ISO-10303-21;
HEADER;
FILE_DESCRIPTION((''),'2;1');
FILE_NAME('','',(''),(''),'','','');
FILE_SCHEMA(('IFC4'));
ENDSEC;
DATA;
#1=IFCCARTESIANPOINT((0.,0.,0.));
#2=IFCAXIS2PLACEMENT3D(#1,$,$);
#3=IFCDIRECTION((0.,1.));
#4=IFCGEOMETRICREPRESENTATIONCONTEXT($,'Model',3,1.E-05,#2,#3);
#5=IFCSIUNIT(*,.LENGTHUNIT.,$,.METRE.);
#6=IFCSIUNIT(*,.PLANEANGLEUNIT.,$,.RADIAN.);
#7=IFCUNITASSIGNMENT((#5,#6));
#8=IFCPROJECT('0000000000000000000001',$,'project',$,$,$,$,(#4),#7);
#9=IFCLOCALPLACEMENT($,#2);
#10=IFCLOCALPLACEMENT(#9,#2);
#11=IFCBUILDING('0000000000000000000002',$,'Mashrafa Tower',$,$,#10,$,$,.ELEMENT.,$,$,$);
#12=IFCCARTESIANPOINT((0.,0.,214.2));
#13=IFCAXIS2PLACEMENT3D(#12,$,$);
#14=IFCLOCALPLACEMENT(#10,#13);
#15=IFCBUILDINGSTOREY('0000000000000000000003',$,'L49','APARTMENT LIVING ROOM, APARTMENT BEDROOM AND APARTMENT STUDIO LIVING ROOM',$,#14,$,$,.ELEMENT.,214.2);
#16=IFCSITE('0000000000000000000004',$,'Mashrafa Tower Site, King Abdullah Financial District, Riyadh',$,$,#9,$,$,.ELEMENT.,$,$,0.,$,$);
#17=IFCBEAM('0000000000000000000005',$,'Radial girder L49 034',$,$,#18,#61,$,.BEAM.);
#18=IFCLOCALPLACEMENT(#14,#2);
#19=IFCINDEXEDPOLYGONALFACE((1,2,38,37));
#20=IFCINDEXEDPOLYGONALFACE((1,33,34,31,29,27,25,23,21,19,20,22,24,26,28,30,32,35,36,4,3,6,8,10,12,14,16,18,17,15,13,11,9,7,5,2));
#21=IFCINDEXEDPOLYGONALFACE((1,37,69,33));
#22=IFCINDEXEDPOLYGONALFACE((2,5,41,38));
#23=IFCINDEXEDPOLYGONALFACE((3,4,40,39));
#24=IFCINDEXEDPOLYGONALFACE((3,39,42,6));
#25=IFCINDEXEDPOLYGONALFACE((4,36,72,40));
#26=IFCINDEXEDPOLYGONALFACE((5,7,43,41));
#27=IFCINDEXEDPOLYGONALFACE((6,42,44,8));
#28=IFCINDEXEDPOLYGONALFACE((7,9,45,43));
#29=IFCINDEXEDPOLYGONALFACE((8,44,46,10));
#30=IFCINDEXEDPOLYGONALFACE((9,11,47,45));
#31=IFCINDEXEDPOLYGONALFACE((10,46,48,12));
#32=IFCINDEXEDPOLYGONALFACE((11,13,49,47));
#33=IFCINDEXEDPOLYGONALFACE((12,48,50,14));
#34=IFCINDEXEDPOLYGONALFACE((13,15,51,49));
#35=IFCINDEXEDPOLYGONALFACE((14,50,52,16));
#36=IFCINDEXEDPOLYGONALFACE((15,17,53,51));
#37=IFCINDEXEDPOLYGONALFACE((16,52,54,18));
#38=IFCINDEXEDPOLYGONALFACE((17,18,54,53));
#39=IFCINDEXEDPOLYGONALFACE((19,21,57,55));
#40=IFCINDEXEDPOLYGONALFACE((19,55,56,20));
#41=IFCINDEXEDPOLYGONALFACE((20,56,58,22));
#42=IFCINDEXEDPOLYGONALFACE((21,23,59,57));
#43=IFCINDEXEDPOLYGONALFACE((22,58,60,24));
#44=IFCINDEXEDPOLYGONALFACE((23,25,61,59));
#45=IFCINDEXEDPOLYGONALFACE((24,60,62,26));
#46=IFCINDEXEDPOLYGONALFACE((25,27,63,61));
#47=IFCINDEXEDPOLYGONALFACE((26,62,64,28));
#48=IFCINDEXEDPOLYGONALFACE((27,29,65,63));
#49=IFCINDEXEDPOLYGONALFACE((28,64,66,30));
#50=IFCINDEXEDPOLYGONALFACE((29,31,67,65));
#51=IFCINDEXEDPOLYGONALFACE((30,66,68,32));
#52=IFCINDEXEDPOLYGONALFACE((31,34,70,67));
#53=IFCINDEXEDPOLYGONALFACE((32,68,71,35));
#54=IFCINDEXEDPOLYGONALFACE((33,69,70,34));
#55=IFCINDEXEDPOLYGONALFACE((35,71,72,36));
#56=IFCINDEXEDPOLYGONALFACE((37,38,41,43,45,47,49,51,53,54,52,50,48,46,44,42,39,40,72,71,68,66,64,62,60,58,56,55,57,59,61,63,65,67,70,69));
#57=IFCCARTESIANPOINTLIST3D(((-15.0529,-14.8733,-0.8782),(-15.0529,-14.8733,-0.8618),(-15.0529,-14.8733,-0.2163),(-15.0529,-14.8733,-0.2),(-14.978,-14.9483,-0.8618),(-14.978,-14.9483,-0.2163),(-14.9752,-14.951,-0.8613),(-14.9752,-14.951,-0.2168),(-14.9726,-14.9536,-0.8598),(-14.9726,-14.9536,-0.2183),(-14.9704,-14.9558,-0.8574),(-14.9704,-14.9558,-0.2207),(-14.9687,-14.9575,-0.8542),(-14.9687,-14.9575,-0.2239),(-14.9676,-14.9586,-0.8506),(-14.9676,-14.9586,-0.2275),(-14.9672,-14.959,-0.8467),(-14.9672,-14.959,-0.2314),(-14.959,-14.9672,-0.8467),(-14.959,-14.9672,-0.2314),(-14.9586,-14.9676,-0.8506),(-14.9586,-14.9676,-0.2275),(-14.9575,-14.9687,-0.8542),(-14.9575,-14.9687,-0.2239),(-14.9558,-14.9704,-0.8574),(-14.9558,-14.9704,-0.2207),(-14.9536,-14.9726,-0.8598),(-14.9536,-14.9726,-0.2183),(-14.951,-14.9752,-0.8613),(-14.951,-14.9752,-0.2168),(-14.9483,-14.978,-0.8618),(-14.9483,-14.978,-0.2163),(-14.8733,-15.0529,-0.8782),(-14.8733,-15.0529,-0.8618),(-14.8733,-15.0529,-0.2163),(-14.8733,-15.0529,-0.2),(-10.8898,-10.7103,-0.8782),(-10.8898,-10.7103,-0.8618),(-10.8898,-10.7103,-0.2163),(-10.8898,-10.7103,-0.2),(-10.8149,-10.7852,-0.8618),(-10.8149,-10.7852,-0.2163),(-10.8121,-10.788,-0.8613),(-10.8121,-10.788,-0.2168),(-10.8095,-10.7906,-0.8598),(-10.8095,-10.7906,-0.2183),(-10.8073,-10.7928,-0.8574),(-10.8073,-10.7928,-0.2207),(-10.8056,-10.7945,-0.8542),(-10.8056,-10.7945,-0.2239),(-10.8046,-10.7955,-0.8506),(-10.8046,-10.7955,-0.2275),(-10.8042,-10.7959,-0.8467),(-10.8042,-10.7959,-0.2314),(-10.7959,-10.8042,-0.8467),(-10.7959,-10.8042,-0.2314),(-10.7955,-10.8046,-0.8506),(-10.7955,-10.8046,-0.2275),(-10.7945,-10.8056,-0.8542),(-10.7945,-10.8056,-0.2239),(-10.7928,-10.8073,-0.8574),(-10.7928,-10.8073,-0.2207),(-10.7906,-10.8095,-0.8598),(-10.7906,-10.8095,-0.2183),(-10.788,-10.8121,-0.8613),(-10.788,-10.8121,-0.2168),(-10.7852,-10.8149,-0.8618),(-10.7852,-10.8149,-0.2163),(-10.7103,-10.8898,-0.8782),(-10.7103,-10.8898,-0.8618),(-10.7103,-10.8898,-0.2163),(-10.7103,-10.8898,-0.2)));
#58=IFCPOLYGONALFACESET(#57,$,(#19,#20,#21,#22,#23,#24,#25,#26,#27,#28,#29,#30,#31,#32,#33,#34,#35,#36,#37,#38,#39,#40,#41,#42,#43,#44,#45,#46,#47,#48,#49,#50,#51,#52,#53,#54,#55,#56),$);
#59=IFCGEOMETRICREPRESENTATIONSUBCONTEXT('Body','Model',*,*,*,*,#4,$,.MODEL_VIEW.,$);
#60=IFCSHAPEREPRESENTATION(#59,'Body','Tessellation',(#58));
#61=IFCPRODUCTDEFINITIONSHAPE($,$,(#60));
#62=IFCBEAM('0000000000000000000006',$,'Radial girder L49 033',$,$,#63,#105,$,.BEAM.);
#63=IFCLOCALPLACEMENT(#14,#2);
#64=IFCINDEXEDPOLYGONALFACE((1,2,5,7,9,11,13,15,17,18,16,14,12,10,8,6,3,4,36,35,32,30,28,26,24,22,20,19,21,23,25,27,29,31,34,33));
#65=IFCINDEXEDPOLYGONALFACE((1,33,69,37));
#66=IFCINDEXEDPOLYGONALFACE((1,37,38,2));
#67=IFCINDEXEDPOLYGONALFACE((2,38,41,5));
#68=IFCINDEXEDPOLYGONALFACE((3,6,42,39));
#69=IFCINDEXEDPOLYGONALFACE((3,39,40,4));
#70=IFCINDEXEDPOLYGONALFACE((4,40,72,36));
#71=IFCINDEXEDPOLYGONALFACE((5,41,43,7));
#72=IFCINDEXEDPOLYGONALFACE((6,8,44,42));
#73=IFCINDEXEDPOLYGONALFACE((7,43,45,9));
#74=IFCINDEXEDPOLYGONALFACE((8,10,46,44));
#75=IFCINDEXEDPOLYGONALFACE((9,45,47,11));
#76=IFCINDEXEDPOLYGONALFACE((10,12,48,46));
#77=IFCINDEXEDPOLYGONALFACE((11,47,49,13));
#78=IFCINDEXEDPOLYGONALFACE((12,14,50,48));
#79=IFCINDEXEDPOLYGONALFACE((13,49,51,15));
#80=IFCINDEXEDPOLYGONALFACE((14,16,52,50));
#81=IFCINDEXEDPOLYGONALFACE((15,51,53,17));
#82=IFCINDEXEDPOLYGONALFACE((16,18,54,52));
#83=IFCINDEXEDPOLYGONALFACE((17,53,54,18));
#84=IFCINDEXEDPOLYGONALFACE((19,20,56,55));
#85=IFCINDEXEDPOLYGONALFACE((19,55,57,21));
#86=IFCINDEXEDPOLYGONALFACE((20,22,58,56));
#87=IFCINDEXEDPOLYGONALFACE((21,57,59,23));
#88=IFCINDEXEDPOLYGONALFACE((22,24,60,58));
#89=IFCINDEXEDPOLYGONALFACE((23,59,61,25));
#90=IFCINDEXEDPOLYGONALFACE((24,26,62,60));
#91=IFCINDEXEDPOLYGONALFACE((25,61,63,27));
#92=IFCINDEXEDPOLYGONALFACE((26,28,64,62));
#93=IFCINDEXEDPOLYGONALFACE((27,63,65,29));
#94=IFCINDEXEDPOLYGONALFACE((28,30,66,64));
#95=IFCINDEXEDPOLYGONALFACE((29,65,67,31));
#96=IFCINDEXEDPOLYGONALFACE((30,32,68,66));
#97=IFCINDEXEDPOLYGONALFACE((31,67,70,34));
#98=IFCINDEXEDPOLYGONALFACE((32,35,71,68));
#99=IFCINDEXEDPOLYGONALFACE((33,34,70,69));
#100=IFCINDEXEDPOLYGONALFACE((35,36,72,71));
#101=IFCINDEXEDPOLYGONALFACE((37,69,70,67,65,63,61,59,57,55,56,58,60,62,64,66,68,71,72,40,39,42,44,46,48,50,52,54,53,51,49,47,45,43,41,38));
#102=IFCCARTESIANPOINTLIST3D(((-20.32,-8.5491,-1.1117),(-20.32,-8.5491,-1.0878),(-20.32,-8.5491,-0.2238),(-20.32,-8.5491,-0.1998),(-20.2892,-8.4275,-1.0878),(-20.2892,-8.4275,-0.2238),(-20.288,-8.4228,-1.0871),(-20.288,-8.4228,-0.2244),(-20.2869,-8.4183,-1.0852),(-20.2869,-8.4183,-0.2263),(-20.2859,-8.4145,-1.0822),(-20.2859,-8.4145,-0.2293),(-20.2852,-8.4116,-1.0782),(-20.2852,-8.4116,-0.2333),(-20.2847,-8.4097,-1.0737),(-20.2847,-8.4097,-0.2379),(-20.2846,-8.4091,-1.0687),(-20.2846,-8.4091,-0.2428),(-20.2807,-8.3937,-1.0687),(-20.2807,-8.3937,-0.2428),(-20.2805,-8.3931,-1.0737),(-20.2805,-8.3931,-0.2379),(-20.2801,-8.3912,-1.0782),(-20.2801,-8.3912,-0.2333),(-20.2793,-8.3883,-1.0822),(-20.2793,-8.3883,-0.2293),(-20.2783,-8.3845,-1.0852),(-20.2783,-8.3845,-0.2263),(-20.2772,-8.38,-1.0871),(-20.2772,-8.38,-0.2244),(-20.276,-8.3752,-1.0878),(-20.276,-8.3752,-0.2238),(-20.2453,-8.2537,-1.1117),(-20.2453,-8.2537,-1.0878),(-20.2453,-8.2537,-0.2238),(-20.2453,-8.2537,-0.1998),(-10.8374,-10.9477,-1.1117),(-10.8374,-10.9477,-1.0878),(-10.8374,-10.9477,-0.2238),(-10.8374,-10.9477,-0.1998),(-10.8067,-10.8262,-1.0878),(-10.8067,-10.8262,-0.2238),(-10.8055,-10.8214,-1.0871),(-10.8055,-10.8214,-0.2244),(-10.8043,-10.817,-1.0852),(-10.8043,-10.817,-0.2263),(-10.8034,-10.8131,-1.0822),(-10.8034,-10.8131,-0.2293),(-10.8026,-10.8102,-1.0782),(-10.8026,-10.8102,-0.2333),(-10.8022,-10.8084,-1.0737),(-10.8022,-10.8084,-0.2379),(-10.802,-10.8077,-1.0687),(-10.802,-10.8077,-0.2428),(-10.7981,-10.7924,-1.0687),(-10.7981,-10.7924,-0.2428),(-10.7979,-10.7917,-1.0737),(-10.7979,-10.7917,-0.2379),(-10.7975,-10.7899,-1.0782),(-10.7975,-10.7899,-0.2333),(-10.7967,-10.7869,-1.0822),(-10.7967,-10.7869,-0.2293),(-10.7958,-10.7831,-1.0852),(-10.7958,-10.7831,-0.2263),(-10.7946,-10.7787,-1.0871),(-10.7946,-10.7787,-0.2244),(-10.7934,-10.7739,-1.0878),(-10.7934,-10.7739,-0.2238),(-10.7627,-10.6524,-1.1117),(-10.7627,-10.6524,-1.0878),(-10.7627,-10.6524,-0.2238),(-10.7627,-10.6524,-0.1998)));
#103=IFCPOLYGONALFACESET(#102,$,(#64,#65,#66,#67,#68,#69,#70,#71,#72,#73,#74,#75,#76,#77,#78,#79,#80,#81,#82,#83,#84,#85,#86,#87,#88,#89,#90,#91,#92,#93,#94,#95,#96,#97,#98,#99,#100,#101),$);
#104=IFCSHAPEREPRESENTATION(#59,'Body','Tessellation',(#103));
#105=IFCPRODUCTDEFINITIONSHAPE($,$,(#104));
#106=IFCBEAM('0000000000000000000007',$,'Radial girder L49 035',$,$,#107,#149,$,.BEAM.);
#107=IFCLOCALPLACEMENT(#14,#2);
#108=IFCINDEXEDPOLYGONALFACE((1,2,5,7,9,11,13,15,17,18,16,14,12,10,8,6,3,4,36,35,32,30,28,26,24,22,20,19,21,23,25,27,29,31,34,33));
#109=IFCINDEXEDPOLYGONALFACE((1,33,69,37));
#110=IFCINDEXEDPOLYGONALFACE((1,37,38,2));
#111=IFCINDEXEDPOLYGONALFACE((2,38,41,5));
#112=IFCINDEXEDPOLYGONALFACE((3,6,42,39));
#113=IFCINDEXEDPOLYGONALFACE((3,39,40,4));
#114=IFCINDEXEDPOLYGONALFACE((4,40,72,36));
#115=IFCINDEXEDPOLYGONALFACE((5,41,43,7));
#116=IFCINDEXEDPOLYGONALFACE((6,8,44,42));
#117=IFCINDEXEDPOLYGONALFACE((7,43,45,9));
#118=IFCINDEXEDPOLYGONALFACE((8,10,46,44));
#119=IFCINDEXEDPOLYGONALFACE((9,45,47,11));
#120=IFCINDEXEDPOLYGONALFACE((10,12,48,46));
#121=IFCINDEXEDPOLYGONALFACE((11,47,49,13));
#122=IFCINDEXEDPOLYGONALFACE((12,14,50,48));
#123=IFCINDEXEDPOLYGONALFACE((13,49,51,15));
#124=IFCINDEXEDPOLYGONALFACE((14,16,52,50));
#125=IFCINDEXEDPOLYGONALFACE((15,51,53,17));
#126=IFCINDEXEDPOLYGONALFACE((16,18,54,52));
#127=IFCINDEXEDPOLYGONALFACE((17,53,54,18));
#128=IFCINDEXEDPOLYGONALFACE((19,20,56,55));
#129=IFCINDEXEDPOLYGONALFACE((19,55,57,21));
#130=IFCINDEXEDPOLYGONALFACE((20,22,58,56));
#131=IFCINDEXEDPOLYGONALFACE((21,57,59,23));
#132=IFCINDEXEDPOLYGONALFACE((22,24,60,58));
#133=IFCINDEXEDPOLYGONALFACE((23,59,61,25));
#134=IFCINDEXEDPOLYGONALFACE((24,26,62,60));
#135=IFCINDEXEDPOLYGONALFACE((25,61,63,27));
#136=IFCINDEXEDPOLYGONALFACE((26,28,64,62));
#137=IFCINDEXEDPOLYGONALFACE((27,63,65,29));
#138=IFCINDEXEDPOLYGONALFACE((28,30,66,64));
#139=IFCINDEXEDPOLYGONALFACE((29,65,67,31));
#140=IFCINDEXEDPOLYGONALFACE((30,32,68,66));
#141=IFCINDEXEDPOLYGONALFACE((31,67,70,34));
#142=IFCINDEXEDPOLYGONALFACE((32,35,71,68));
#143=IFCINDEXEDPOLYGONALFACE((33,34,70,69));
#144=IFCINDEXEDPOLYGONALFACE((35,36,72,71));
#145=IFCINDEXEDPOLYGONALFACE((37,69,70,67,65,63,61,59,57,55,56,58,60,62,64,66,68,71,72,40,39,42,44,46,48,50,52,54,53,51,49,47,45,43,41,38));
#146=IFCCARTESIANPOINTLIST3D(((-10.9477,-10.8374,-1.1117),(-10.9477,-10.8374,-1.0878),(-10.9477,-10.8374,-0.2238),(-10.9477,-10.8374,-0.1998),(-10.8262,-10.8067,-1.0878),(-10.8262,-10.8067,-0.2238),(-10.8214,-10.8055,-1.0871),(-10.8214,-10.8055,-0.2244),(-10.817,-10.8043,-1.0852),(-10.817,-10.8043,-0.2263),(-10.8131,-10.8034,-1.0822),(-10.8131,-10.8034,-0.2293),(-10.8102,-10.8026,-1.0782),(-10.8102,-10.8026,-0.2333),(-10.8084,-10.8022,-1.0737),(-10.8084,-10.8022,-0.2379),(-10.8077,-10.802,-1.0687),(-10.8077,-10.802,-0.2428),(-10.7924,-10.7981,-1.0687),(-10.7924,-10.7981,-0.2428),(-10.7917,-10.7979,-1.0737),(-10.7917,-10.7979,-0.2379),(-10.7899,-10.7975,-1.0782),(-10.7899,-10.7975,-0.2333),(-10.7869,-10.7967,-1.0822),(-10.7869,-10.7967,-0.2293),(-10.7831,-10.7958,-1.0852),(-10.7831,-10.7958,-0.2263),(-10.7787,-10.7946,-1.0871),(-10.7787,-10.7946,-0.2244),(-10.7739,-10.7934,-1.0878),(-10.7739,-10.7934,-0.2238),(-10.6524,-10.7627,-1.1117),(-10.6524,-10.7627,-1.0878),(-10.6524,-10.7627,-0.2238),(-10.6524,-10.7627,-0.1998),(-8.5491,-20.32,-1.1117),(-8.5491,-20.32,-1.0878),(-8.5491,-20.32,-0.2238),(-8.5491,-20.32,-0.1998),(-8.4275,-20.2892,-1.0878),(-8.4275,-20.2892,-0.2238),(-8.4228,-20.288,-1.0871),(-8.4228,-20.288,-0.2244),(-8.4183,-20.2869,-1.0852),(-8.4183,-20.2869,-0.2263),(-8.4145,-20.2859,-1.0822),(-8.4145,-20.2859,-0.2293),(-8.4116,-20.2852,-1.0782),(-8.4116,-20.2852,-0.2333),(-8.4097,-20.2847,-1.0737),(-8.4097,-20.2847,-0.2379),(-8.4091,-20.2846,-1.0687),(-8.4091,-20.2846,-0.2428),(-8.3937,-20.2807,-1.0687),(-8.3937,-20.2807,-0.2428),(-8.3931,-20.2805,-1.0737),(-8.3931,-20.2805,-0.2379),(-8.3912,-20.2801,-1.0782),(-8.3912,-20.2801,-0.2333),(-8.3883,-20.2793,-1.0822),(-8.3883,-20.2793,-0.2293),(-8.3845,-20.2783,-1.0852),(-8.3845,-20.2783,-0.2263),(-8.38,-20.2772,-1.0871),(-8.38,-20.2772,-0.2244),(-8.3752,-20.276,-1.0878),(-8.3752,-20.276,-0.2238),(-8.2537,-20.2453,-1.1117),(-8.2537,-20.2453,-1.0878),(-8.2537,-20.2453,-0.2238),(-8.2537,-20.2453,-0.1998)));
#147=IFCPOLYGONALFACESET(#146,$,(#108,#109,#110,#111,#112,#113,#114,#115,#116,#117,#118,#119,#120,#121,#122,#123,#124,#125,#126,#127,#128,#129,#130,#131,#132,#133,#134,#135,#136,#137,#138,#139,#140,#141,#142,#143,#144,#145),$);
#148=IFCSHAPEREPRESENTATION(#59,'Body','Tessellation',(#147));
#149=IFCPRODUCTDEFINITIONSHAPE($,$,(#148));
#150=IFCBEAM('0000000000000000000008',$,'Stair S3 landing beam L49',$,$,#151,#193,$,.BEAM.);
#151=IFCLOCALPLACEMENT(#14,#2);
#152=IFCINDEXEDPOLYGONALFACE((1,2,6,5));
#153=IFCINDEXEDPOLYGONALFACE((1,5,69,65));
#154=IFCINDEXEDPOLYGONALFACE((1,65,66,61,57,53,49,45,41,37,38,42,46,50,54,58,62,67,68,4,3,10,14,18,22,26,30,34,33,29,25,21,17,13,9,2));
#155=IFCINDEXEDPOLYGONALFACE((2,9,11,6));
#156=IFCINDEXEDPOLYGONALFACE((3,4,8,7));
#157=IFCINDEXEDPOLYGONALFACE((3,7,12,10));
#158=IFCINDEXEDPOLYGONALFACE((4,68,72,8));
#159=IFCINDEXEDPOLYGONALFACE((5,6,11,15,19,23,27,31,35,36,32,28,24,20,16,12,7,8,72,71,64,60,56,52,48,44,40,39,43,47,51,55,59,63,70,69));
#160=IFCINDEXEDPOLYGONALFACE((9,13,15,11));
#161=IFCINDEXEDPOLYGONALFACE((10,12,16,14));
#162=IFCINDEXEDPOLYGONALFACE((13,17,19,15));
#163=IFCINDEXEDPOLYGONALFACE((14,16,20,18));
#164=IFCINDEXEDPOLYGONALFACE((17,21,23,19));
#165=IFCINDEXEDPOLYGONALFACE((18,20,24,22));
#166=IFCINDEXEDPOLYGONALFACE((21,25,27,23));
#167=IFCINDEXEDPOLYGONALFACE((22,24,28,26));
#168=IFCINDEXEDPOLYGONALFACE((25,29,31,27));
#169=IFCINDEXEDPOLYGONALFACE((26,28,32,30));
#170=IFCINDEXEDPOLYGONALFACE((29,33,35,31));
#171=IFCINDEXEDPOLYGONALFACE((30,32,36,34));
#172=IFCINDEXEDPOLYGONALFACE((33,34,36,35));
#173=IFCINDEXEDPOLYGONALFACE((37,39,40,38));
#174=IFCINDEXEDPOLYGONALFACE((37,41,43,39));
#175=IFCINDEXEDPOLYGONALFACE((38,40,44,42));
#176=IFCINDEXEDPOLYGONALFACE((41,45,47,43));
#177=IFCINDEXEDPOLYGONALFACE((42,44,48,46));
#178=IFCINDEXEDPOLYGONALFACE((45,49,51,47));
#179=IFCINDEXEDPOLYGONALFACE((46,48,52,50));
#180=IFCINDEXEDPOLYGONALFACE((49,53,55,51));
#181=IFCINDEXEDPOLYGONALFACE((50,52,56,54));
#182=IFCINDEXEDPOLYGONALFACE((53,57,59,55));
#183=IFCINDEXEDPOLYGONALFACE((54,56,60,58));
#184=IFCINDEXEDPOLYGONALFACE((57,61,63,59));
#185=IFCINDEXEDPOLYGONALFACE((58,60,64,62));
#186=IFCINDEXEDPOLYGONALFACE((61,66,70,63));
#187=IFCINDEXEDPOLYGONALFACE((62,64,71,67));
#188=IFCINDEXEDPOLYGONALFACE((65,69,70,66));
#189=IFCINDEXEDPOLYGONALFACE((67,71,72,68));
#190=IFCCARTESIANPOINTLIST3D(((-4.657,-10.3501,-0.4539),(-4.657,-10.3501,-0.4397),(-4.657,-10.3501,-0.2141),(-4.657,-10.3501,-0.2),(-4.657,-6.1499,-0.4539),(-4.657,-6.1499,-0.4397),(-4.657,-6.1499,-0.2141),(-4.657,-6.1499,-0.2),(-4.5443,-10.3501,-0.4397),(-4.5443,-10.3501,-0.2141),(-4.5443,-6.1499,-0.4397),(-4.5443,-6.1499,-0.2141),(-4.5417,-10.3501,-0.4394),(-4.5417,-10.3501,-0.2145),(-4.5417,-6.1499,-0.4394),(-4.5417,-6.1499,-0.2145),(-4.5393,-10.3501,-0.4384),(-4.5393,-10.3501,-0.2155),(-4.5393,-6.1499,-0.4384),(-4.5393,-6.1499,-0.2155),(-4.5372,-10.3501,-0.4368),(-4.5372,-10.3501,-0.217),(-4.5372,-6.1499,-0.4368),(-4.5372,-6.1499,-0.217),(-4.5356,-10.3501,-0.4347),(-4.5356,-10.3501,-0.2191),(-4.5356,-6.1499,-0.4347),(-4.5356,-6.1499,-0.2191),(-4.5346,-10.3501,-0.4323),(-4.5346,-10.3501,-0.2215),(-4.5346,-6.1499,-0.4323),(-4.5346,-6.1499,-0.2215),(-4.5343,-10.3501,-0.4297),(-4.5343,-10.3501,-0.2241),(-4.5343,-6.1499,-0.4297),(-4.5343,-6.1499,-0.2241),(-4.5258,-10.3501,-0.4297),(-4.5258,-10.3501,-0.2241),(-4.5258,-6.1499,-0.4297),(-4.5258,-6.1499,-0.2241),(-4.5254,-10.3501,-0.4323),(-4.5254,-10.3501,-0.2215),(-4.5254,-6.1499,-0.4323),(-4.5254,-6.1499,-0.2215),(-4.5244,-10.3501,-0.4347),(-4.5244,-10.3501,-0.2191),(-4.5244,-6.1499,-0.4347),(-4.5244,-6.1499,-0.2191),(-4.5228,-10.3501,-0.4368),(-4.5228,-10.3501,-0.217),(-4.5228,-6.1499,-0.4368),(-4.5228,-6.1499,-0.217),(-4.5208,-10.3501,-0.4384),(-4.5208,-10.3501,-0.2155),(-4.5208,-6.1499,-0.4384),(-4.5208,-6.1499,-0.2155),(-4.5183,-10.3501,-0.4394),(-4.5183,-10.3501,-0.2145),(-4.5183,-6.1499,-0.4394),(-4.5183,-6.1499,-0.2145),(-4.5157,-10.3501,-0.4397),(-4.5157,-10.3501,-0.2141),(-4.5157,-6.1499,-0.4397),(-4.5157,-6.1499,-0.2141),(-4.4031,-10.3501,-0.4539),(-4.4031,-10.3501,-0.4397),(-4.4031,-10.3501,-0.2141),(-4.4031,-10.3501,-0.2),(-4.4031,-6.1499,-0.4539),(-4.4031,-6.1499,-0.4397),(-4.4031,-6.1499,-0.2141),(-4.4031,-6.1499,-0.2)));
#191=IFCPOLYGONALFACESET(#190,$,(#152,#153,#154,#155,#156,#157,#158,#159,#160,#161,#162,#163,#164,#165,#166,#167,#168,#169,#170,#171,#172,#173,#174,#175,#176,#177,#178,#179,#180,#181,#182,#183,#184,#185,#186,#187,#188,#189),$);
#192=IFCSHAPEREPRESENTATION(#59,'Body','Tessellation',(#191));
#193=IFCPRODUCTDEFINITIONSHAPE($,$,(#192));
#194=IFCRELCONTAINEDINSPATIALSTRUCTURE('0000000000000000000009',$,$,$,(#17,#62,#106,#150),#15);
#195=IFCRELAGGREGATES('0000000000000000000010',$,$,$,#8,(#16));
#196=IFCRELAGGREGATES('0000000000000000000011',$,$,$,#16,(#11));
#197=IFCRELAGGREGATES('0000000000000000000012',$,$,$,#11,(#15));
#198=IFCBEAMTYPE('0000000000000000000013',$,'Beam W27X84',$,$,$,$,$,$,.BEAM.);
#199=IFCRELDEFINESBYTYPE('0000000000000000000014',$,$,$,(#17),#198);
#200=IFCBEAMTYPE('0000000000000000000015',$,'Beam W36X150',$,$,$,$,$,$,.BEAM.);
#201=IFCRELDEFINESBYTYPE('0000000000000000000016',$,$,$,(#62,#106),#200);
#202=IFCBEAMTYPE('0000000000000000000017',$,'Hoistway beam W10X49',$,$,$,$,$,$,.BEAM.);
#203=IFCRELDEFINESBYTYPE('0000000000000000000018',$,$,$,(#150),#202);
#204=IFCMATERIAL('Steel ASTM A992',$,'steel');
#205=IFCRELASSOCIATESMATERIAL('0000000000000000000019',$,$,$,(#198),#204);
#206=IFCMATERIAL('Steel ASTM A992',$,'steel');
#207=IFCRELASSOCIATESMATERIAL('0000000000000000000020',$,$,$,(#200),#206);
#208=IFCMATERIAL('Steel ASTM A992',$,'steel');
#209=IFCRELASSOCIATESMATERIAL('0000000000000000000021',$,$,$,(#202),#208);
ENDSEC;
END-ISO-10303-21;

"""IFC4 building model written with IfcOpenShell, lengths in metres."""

from ifc_helpers import new_model, si_unit, direction, frame, origin, origin_2d, place, context, subcontext, project, spatial, i_section, extrude, material, material_profile, profile_set, type_object, element, save


model = new_model("IFC4")

# Units and contexts
model_context = context("Model", 3, precision=1e-05, world=origin(), true_north=direction((0.0, 1.0)))
body_context = subcontext(model_context, "Body", "Model", "MODEL_VIEW")
ifc_project = project(units=[si_unit("LENGTHUNIT", "METRE"), si_unit("PLANEANGLEUNIT", "RADIAN")], contexts=[model_context])

# Site, building, storey
site_placement = place(None, origin())
site = spatial("IfcSite", under=ifc_project, at=site_placement, Name="Mashrafa Tower Site, King Abdullah Financial District, Riyadh", CompositionType="ELEMENT", RefElevation=0.0)
building_placement = place(site_placement, origin())
building = spatial("IfcBuilding", under=site, at=building_placement, Name="Mashrafa Tower", CompositionType="ELEMENT")
storey_placement = place(building_placement, frame((0.0, 0.0, 214.2)))
storey = spatial("IfcBuildingStorey", under=building, at=storey_placement, Name="L49", Description="APARTMENT LIVING ROOM, APARTMENT BEDROOM AND APARTMENT STUDIO LIVING ROOM", CompositionType="ELEMENT", Elevation=214.2)

# Beams
ifc_material_1 = material(Name="Steel ASTM A992", Category="steel")
ifc_material_profile_1 = material_profile(ifc_material_1, i_section(OverallWidth=0.2539, OverallDepth=0.6782, WebThickness=0.0117, FlangeThickness=0.0164, FilletRadius=0.0151, at=origin_2d()), Name="W27X84")
ifc_profile_set_1 = profile_set([ifc_material_profile_1], Name="Steel ASTM A992")
beam_type_1 = type_object("IfcBeamType", Name="Beam W27X84", PredefinedType="BEAM", material=ifc_profile_set_1)
beam_1_placement = place(storey_placement, frame((-10.8, -10.8, -0.5391), z_axis=(-0.707107, -0.707107, 0.0), x_axis=(0.707107, -0.707107, 0.0)))
element("IfcBeam", 1, at=beam_1_placement, inside=storey, type_object=beam_type_1, Name="Radial girder L49 034", PredefinedType="BEAM", context=body_context, shape_type="SweptSolid", body=[
    extrude(i_section(OverallWidth=0.2539, OverallDepth=0.6782, WebThickness=0.0117, FlangeThickness=0.0164, FilletRadius=0.0151, at=origin_2d()), origin(), (0.0, 0.0, 1.0), 5.8875),
])
ifc_material_2 = material(Name="Steel ASTM A992", Category="steel")
ifc_material_profile_2 = material_profile(ifc_material_2, i_section(OverallWidth=0.3047, OverallDepth=0.9119, WebThickness=0.0159, FlangeThickness=0.0239, FilletRadius=0.019, at=origin_2d()), Name="W36X150")
ifc_profile_set_2 = profile_set([ifc_material_profile_2], Name="Steel ASTM A992")
beam_type_2 = type_object("IfcBeamType", Name="Beam W36X150", PredefinedType="BEAM", material=ifc_profile_set_2)
for number, where, z_axis, x_axis, name in (
    (2, (-10.8, -10.8, -0.6558), (-0.969465, 0.24523, 0.0), (-0.24523, -0.969465, 0.0), "Radial girder L49 033"),
    (3, (-10.8, -10.8, -0.6558), (0.24523, -0.969465, 0.0), (0.969465, 0.24523, 0.0), "Radial girder L49 035"),
):
    element("IfcBeam", number, at=place(storey_placement, frame(where, z_axis=z_axis, x_axis=x_axis)), inside=storey, type_object=beam_type_2, Name=name, PredefinedType="BEAM", context=body_context, shape_type="SweptSolid", body=[
        extrude(i_section(OverallWidth=0.3047, OverallDepth=0.9119, WebThickness=0.0159, FlangeThickness=0.0239, FilletRadius=0.019, at=origin_2d()), origin(), (0.0, 0.0, 1.0), 9.7812),
    ])
ifc_material_3 = material(Name="Steel ASTM A992", Category="steel")
ifc_material_profile_3 = material_profile(ifc_material_3, i_section(OverallWidth=0.2539, OverallDepth=0.2539, WebThickness=0.0085, FlangeThickness=0.0142, FilletRadius=0.01, at=origin_2d()), Name="W10X49")
ifc_profile_set_3 = profile_set([ifc_material_profile_3], Name="Steel ASTM A992")
beam_type_3 = type_object("IfcBeamType", Name="Hoistway beam W10X49", PredefinedType="BEAM", material=ifc_profile_set_3)
beam_2_placement = place(storey_placement, frame((-4.53, -10.3501, -0.3269), z_axis=(0.0, 1.0, 0.0), x_axis=(-1.0, 0.0, 0.0)))
element("IfcBeam", 4, at=beam_2_placement, inside=storey, type_object=beam_type_3, Name="Stair S3 landing beam L49", PredefinedType="BEAM", context=body_context, shape_type="SweptSolid", body=[
    extrude(i_section(OverallWidth=0.2539, OverallDepth=0.2539, WebThickness=0.0085, FlangeThickness=0.0142, FilletRadius=0.01, at=origin_2d()), origin(), (0.0, 0.0, 1.0), 4.2002),
])

save(model, "model.ifc")
